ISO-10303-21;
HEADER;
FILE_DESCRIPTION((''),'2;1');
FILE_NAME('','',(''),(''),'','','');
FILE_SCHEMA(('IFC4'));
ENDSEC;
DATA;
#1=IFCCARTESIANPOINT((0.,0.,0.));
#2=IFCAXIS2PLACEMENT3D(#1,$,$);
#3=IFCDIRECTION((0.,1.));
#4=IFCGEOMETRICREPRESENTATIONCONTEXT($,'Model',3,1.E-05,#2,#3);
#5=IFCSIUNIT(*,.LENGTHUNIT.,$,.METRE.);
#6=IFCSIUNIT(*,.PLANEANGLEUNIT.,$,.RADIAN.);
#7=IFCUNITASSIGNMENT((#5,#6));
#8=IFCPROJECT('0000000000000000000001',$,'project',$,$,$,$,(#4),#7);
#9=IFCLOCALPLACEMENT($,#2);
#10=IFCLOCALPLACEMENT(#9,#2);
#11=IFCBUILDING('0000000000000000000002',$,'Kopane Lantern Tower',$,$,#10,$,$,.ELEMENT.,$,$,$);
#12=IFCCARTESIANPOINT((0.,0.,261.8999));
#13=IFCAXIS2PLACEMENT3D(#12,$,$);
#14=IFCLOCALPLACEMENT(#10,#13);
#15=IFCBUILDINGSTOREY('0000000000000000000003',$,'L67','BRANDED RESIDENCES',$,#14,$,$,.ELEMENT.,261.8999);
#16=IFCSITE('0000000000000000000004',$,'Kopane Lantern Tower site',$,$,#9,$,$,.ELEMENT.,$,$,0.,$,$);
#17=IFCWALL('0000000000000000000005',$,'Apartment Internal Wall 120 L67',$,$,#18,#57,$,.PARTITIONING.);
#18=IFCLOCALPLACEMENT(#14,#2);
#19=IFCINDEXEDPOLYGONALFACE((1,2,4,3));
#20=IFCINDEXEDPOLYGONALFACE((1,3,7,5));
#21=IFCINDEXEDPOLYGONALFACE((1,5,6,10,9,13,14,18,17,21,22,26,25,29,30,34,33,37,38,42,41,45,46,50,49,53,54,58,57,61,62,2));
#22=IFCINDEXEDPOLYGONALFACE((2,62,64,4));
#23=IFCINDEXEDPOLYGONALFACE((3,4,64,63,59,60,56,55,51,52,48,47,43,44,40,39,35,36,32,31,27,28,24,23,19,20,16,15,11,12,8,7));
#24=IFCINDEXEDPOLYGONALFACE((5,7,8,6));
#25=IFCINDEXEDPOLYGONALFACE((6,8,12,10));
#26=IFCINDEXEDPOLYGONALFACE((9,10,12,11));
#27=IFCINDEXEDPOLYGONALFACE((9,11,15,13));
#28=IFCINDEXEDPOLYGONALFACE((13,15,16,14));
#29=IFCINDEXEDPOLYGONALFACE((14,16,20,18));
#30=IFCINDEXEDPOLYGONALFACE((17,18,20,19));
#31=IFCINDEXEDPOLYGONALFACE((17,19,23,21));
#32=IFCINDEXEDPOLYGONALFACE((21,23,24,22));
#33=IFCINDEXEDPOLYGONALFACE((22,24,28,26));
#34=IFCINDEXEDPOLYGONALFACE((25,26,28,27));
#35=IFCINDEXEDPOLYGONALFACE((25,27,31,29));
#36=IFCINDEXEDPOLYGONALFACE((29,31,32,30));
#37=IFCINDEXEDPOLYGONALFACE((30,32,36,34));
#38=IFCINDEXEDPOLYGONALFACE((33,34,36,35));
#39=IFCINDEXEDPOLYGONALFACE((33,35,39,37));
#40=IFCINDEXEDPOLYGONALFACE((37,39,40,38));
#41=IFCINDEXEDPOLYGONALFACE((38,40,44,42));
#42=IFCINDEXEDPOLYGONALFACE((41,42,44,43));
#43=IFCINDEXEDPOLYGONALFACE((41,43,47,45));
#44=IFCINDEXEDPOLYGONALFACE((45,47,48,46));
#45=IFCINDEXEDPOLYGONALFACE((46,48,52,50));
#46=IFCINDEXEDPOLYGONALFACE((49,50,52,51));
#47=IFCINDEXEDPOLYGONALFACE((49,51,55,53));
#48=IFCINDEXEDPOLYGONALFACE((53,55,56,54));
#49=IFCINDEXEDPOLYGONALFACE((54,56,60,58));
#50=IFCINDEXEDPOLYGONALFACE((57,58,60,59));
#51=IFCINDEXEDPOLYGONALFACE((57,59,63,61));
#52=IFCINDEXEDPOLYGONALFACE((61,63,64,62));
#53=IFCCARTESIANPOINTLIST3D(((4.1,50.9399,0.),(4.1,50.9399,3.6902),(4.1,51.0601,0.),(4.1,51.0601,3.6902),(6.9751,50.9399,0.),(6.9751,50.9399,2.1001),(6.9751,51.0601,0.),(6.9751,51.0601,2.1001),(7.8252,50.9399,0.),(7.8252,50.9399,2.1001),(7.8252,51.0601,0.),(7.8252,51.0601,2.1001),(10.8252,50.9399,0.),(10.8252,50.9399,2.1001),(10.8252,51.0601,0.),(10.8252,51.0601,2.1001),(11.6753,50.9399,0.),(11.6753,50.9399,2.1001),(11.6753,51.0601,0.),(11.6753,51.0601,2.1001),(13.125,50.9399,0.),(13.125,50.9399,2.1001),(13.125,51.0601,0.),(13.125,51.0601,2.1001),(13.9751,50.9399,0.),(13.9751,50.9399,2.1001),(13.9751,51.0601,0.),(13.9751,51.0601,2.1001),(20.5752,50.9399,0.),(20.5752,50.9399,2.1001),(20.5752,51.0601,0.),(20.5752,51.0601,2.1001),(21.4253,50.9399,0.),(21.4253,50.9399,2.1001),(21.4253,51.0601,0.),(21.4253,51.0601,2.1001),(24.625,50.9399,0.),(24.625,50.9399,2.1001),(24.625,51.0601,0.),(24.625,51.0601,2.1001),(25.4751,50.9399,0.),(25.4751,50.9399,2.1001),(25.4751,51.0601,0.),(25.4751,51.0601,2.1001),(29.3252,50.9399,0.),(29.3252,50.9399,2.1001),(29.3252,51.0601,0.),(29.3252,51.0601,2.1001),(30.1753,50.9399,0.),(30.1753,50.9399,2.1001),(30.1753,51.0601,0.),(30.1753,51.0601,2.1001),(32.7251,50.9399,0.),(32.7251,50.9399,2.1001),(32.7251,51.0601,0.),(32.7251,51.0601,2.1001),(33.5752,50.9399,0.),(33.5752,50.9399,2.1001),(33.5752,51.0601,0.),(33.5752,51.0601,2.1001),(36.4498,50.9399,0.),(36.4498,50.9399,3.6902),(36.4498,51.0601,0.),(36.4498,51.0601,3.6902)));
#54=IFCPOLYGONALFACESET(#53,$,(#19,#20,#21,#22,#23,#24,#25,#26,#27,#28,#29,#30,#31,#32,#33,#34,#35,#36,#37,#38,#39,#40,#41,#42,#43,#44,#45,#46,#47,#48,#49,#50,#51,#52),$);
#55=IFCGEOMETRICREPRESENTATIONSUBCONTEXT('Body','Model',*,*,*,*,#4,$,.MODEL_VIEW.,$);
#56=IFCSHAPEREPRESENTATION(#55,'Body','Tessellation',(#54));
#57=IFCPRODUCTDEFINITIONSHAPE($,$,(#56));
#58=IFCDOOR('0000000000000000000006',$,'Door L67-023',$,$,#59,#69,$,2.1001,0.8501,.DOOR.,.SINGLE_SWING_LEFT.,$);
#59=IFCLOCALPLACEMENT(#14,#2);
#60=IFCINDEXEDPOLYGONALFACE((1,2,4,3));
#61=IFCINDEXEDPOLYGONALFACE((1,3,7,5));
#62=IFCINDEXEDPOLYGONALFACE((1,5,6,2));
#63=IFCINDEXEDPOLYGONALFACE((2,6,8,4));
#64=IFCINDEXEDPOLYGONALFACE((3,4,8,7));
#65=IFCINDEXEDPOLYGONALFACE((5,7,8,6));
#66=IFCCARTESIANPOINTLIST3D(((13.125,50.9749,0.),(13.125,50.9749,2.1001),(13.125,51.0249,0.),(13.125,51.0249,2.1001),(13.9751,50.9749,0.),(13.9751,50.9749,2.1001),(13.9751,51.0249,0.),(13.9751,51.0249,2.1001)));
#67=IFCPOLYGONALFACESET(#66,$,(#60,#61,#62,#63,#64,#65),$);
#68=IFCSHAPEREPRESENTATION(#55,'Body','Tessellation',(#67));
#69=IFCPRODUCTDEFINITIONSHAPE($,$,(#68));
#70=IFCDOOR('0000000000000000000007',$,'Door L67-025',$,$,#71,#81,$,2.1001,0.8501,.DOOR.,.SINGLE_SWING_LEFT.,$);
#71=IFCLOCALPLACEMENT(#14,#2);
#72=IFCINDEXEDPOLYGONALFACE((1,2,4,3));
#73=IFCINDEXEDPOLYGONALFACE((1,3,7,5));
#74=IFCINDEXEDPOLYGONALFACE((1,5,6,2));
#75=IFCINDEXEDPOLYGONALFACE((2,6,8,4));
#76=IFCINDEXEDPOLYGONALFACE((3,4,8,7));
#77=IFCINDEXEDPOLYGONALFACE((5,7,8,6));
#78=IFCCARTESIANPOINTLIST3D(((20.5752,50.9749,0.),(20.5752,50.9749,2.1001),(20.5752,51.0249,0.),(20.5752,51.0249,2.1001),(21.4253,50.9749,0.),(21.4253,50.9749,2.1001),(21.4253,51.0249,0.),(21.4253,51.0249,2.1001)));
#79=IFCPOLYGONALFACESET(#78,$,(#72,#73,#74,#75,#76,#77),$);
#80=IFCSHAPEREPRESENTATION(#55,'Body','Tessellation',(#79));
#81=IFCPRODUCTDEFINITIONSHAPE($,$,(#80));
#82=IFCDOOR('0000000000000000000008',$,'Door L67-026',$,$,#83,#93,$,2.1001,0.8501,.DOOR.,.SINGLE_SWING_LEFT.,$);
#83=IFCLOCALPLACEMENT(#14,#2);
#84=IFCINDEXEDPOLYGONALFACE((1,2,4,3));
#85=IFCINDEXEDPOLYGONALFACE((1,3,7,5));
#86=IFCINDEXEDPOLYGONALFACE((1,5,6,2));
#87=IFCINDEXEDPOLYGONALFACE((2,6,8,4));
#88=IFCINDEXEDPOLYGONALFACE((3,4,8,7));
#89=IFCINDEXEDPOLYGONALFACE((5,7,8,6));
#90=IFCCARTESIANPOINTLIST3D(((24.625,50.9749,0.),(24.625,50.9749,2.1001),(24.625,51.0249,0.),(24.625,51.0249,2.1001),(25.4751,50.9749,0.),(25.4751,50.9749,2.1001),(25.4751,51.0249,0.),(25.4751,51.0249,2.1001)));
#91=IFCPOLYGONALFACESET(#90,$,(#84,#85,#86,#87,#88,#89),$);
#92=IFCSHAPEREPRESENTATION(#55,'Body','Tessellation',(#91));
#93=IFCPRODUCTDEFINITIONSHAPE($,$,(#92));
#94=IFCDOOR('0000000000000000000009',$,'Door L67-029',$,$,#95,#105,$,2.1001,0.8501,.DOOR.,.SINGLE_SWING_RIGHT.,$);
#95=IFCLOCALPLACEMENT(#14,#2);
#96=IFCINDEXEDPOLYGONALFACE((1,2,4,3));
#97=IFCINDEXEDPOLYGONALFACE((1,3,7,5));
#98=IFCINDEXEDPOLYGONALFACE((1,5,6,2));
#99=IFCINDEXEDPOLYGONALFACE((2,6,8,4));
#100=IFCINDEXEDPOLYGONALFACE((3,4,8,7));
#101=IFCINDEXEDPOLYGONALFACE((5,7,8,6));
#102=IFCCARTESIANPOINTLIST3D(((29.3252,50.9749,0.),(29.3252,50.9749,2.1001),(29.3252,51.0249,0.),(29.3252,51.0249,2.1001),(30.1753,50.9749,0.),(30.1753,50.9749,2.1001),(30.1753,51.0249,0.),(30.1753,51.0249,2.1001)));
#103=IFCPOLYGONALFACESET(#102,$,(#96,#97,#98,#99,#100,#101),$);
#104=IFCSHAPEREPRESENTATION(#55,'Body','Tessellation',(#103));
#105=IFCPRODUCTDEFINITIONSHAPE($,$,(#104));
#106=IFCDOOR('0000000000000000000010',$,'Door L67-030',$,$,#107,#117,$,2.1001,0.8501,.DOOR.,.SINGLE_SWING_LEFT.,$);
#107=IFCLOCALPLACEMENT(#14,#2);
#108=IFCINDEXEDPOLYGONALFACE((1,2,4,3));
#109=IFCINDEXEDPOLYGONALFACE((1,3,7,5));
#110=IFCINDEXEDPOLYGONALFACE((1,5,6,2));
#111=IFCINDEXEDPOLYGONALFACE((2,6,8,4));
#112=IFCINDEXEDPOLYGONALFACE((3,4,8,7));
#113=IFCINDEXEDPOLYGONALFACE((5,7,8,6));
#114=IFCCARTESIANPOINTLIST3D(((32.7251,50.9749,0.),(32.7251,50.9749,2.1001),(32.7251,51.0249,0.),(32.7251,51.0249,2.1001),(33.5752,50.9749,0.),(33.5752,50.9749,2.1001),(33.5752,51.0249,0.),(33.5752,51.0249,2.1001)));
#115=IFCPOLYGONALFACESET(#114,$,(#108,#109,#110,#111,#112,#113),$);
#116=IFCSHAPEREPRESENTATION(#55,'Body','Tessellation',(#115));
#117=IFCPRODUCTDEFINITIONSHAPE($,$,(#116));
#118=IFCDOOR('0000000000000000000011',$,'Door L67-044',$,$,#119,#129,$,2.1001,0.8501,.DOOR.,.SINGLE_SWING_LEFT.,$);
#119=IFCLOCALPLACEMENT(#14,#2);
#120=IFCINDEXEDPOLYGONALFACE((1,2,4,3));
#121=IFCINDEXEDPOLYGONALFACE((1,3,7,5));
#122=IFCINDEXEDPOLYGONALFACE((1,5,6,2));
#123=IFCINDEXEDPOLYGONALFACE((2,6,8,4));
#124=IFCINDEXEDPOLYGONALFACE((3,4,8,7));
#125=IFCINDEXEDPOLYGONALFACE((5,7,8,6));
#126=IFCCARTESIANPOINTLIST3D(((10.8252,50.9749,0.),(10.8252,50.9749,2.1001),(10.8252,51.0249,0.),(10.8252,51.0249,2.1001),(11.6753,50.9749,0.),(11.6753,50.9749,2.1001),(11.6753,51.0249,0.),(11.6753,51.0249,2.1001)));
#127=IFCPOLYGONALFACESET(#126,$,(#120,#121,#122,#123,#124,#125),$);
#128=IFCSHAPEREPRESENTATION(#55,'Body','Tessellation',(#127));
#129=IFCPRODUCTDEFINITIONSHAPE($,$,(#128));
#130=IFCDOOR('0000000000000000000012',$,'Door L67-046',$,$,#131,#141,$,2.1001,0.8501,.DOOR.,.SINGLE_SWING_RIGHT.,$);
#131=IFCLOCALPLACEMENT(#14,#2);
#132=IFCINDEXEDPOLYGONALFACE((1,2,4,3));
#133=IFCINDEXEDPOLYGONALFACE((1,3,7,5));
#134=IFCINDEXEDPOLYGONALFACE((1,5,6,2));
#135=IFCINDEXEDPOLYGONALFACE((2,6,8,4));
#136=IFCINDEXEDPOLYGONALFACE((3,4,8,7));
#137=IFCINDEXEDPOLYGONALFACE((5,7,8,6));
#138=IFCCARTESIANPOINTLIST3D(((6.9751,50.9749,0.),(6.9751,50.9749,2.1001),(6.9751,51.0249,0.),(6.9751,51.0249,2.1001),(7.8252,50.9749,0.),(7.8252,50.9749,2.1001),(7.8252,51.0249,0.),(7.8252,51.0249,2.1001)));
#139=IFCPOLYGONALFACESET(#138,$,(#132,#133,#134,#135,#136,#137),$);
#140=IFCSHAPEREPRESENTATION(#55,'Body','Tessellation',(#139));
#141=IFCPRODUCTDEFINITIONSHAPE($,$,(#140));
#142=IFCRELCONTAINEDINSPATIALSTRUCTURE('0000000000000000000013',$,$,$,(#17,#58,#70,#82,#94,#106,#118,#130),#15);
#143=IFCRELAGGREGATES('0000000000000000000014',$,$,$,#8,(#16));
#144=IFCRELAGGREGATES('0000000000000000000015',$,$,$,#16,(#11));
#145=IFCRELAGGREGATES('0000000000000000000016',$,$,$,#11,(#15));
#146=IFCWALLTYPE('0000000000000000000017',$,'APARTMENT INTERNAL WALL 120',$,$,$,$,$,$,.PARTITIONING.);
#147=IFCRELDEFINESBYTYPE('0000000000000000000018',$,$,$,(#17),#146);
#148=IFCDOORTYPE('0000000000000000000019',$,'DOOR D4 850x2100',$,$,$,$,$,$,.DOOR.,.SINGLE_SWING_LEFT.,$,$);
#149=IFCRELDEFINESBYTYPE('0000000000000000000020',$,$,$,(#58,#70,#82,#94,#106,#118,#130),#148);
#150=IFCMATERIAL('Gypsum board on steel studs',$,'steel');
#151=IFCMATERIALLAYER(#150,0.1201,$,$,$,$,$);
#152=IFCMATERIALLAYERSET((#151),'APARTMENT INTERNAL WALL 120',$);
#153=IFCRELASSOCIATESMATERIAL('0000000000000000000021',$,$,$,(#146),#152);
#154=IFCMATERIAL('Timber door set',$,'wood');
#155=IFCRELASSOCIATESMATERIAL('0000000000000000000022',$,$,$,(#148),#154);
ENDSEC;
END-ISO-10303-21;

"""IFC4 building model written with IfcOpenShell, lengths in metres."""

from ifc_helpers import new_model, si_unit, direction, frame, frame_2d, origin, place, context, subcontext, project, spatial, rectangle, extrude, material, layer, layer_set, type_object, element, fill, save


model = new_model("IFC4")

# Units and contexts
model_context = context("Model", 3, precision=1e-05, world=origin(), true_north=direction((0.0, 1.0)))
body_context = subcontext(model_context, "Body", "Model", "MODEL_VIEW")
ifc_project = project(units=[si_unit("LENGTHUNIT", "METRE"), si_unit("PLANEANGLEUNIT", "RADIAN")], contexts=[model_context])

# Site, building, storey
site_placement = place(None, origin())
site = spatial("IfcSite", under=ifc_project, at=site_placement, Name="Kopane Lantern Tower site", CompositionType="ELEMENT", RefElevation=0.0)
building_placement = place(site_placement, origin())
building = spatial("IfcBuilding", under=site, at=building_placement, Name="Kopane Lantern Tower", CompositionType="ELEMENT")
storey_placement = place(building_placement, frame((0.0, 0.0, 261.8999)))
storey = spatial("IfcBuildingStorey", under=building, at=storey_placement, Name="L67", Description="BRANDED RESIDENCES", CompositionType="ELEMENT", Elevation=261.8999)

# Wall, openings, doors
ifc_material_1 = material(Name="Gypsum board on steel studs", Category="steel")
ifc_layer_1 = layer(ifc_material_1, 0.1201)
ifc_layer_set_1 = layer_set([ifc_layer_1], Name="APARTMENT INTERNAL WALL 120")
wall_type_1 = type_object("IfcWallType", Name="APARTMENT INTERNAL WALL 120", PredefinedType="PARTITIONING", material=ifc_layer_set_1)
wall_1_placement = place(storey_placement, frame((4.1001, 51.0, 0.0), z_axis=(0.0, 0.0, 1.0), x_axis=(1.0, 0.0, 0.0)))
wall_1 = element("IfcWall", 1, at=wall_1_placement, inside=storey, type_object=wall_type_1, Name="Apartment Internal Wall 120 L67", PredefinedType="PARTITIONING", context=body_context, shape_type="SweptSolid", body=[
    extrude(rectangle(XDim=32.3499, YDim=0.1201, at=frame_2d((16.1748, 0.0))), origin(), (0.0, 0.0, 1.0), 3.6902),
])
opening_1_placement = place(wall_1_placement, frame((9.0249, 0.0, 0.0)))
opening_1 = element("IfcOpeningElement", 2, at=opening_1_placement, cuts=wall_1, PredefinedType="OPENING", context=body_context, shape_type="SweptSolid", body=[
    extrude(rectangle(XDim=0.8501, YDim=2.1001, at=frame_2d((0.425, 1.05))), frame((0.0, 0.0701, 0.0), z_axis=(0.0, -1.0, 0.0), x_axis=(1.0, 0.0, 0.0)), (0.0, 0.0, 1.0), 0.1401),
])
opening_2_placement = place(wall_1_placement, frame((16.4751, 0.0, 0.0)))
opening_2 = element("IfcOpeningElement", 3, at=opening_2_placement, cuts=wall_1, PredefinedType="OPENING", context=body_context, shape_type="SweptSolid", body=[
    extrude(rectangle(XDim=0.8501, YDim=2.1001, at=frame_2d((0.425, 1.05))), frame((0.0, 0.0701, 0.0), z_axis=(0.0, -1.0, 0.0), x_axis=(1.0, 0.0, 0.0)), (0.0, 0.0, 1.0), 0.1401),
])
opening_3_placement = place(wall_1_placement, frame((20.5249, 0.0, 0.0)))
opening_3 = element("IfcOpeningElement", 4, at=opening_3_placement, cuts=wall_1, PredefinedType="OPENING", context=body_context, shape_type="SweptSolid", body=[
    extrude(rectangle(XDim=0.8501, YDim=2.1001, at=frame_2d((0.425, 1.05))), frame((0.0, 0.0701, 0.0), z_axis=(0.0, -1.0, 0.0), x_axis=(1.0, 0.0, 0.0)), (0.0, 0.0, 1.0), 0.1401),
])
opening_4_placement = place(wall_1_placement, frame((25.2251, 0.0, 0.0)))
opening_4 = element("IfcOpeningElement", 5, at=opening_4_placement, cuts=wall_1, PredefinedType="OPENING", context=body_context, shape_type="SweptSolid", body=[
    extrude(rectangle(XDim=0.8501, YDim=2.1001, at=frame_2d((0.425, 1.05))), frame((0.0, 0.0701, 0.0), z_axis=(0.0, -1.0, 0.0), x_axis=(1.0, 0.0, 0.0)), (0.0, 0.0, 1.0), 0.1401),
])
opening_5_placement = place(wall_1_placement, frame((28.625, 0.0, 0.0)))
opening_5 = element("IfcOpeningElement", 6, at=opening_5_placement, cuts=wall_1, PredefinedType="OPENING", context=body_context, shape_type="SweptSolid", body=[
    extrude(rectangle(XDim=0.8501, YDim=2.1001, at=frame_2d((0.425, 1.05))), frame((0.0, 0.0701, 0.0), z_axis=(0.0, -1.0, 0.0), x_axis=(1.0, 0.0, 0.0)), (0.0, 0.0, 1.0), 0.1401),
])
opening_6_placement = place(wall_1_placement, frame((6.7251, 0.0, 0.0)))
opening_6 = element("IfcOpeningElement", 7, at=opening_6_placement, cuts=wall_1, PredefinedType="OPENING", context=body_context, shape_type="SweptSolid", body=[
    extrude(rectangle(XDim=0.8501, YDim=2.1001, at=frame_2d((0.425, 1.05))), frame((0.0, 0.0701, 0.0), z_axis=(0.0, -1.0, 0.0), x_axis=(1.0, 0.0, 0.0)), (0.0, 0.0, 1.0), 0.1401),
])
opening_7_placement = place(wall_1_placement, frame((2.875, 0.0, 0.0)))
opening_7 = element("IfcOpeningElement", 8, at=opening_7_placement, cuts=wall_1, PredefinedType="OPENING", context=body_context, shape_type="SweptSolid", body=[
    extrude(rectangle(XDim=0.8501, YDim=2.1001, at=frame_2d((0.425, 1.05))), frame((0.0, 0.0701, 0.0), z_axis=(0.0, -1.0, 0.0), x_axis=(1.0, 0.0, 0.0)), (0.0, 0.0, 1.0), 0.1401),
])
ifc_material_2 = material(Name="Timber door set", Category="wood")
door_type = type_object("IfcDoorType", Name="DOOR D4 850x2100", OperationType="SINGLE_SWING_LEFT", PredefinedType="DOOR", material=ifc_material_2)
door_1_placement = place(opening_1_placement, origin())
door_1 = element("IfcDoor", 9, at=door_1_placement, inside=storey, type_object=door_type, Name="Door L67-023", OperationType="SINGLE_SWING_LEFT", OverallHeight=2.1001, OverallWidth=0.8501, PredefinedType="DOOR", context=body_context, shape_type="SweptSolid", body=[
    extrude(rectangle(XDim=0.8501, YDim=2.1001, at=frame_2d((0.425, 1.05))), frame((0.0, 0.0249, 0.0), z_axis=(0.0, -1.0, 0.0), x_axis=(1.0, 0.0, 0.0)), (0.0, 0.0, 1.0), 0.05),
])
fill(opening_1, door_1)
door_2_placement = place(opening_2_placement, origin())
door_2 = element("IfcDoor", 10, at=door_2_placement, inside=storey, type_object=door_type, Name="Door L67-025", OperationType="SINGLE_SWING_LEFT", OverallHeight=2.1001, OverallWidth=0.8501, PredefinedType="DOOR", context=body_context, shape_type="SweptSolid", body=[
    extrude(rectangle(XDim=0.8501, YDim=2.1001, at=frame_2d((0.425, 1.05))), frame((0.0, 0.0249, 0.0), z_axis=(0.0, -1.0, 0.0), x_axis=(1.0, 0.0, 0.0)), (0.0, 0.0, 1.0), 0.05),
])
fill(opening_2, door_2)
door_3_placement = place(opening_3_placement, origin())
door_3 = element("IfcDoor", 11, at=door_3_placement, inside=storey, type_object=door_type, Name="Door L67-026", OperationType="SINGLE_SWING_LEFT", OverallHeight=2.1001, OverallWidth=0.8501, PredefinedType="DOOR", context=body_context, shape_type="SweptSolid", body=[
    extrude(rectangle(XDim=0.8501, YDim=2.1001, at=frame_2d((0.425, 1.05))), frame((0.0, 0.0249, 0.0), z_axis=(0.0, -1.0, 0.0), x_axis=(1.0, 0.0, 0.0)), (0.0, 0.0, 1.0), 0.05),
])
fill(opening_3, door_3)
door_4_placement = place(opening_4_placement, origin())
door_4 = element("IfcDoor", 12, at=door_4_placement, inside=storey, type_object=door_type, Name="Door L67-029", OperationType="SINGLE_SWING_RIGHT", OverallHeight=2.1001, OverallWidth=0.8501, PredefinedType="DOOR", context=body_context, shape_type="SweptSolid", body=[
    extrude(rectangle(XDim=0.8501, YDim=2.1001, at=frame_2d((0.425, 1.05))), frame((0.0, 0.0249, 0.0), z_axis=(0.0, -1.0, 0.0), x_axis=(1.0, 0.0, 0.0)), (0.0, 0.0, 1.0), 0.05),
])
fill(opening_4, door_4)
door_5_placement = place(opening_5_placement, origin())
door_5 = element("IfcDoor", 13, at=door_5_placement, inside=storey, type_object=door_type, Name="Door L67-030", OperationType="SINGLE_SWING_LEFT", OverallHeight=2.1001, OverallWidth=0.8501, PredefinedType="DOOR", context=body_context, shape_type="SweptSolid", body=[
    extrude(rectangle(XDim=0.8501, YDim=2.1001, at=frame_2d((0.425, 1.05))), frame((0.0, 0.0249, 0.0), z_axis=(0.0, -1.0, 0.0), x_axis=(1.0, 0.0, 0.0)), (0.0, 0.0, 1.0), 0.05),
])
fill(opening_5, door_5)
door_6_placement = place(opening_6_placement, origin())
door_6 = element("IfcDoor", 14, at=door_6_placement, inside=storey, type_object=door_type, Name="Door L67-044", OperationType="SINGLE_SWING_LEFT", OverallHeight=2.1001, OverallWidth=0.8501, PredefinedType="DOOR", context=body_context, shape_type="SweptSolid", body=[
    extrude(rectangle(XDim=0.8501, YDim=2.1001, at=frame_2d((0.425, 1.05))), frame((0.0, 0.0249, 0.0), z_axis=(0.0, -1.0, 0.0), x_axis=(1.0, 0.0, 0.0)), (0.0, 0.0, 1.0), 0.05),
])
fill(opening_6, door_6)
door_7_placement = place(opening_7_placement, origin())
door_7 = element("IfcDoor", 15, at=door_7_placement, inside=storey, type_object=door_type, Name="Door L67-046", OperationType="SINGLE_SWING_RIGHT", OverallHeight=2.1001, OverallWidth=0.8501, PredefinedType="DOOR", context=body_context, shape_type="SweptSolid", body=[
    extrude(rectangle(XDim=0.8501, YDim=2.1001, at=frame_2d((0.425, 1.05))), frame((0.0, 0.0249, 0.0), z_axis=(0.0, -1.0, 0.0), x_axis=(1.0, 0.0, 0.0)), (0.0, 0.0, 1.0), 0.05),
])
fill(opening_7, door_7)

save(model, "model.ifc")
